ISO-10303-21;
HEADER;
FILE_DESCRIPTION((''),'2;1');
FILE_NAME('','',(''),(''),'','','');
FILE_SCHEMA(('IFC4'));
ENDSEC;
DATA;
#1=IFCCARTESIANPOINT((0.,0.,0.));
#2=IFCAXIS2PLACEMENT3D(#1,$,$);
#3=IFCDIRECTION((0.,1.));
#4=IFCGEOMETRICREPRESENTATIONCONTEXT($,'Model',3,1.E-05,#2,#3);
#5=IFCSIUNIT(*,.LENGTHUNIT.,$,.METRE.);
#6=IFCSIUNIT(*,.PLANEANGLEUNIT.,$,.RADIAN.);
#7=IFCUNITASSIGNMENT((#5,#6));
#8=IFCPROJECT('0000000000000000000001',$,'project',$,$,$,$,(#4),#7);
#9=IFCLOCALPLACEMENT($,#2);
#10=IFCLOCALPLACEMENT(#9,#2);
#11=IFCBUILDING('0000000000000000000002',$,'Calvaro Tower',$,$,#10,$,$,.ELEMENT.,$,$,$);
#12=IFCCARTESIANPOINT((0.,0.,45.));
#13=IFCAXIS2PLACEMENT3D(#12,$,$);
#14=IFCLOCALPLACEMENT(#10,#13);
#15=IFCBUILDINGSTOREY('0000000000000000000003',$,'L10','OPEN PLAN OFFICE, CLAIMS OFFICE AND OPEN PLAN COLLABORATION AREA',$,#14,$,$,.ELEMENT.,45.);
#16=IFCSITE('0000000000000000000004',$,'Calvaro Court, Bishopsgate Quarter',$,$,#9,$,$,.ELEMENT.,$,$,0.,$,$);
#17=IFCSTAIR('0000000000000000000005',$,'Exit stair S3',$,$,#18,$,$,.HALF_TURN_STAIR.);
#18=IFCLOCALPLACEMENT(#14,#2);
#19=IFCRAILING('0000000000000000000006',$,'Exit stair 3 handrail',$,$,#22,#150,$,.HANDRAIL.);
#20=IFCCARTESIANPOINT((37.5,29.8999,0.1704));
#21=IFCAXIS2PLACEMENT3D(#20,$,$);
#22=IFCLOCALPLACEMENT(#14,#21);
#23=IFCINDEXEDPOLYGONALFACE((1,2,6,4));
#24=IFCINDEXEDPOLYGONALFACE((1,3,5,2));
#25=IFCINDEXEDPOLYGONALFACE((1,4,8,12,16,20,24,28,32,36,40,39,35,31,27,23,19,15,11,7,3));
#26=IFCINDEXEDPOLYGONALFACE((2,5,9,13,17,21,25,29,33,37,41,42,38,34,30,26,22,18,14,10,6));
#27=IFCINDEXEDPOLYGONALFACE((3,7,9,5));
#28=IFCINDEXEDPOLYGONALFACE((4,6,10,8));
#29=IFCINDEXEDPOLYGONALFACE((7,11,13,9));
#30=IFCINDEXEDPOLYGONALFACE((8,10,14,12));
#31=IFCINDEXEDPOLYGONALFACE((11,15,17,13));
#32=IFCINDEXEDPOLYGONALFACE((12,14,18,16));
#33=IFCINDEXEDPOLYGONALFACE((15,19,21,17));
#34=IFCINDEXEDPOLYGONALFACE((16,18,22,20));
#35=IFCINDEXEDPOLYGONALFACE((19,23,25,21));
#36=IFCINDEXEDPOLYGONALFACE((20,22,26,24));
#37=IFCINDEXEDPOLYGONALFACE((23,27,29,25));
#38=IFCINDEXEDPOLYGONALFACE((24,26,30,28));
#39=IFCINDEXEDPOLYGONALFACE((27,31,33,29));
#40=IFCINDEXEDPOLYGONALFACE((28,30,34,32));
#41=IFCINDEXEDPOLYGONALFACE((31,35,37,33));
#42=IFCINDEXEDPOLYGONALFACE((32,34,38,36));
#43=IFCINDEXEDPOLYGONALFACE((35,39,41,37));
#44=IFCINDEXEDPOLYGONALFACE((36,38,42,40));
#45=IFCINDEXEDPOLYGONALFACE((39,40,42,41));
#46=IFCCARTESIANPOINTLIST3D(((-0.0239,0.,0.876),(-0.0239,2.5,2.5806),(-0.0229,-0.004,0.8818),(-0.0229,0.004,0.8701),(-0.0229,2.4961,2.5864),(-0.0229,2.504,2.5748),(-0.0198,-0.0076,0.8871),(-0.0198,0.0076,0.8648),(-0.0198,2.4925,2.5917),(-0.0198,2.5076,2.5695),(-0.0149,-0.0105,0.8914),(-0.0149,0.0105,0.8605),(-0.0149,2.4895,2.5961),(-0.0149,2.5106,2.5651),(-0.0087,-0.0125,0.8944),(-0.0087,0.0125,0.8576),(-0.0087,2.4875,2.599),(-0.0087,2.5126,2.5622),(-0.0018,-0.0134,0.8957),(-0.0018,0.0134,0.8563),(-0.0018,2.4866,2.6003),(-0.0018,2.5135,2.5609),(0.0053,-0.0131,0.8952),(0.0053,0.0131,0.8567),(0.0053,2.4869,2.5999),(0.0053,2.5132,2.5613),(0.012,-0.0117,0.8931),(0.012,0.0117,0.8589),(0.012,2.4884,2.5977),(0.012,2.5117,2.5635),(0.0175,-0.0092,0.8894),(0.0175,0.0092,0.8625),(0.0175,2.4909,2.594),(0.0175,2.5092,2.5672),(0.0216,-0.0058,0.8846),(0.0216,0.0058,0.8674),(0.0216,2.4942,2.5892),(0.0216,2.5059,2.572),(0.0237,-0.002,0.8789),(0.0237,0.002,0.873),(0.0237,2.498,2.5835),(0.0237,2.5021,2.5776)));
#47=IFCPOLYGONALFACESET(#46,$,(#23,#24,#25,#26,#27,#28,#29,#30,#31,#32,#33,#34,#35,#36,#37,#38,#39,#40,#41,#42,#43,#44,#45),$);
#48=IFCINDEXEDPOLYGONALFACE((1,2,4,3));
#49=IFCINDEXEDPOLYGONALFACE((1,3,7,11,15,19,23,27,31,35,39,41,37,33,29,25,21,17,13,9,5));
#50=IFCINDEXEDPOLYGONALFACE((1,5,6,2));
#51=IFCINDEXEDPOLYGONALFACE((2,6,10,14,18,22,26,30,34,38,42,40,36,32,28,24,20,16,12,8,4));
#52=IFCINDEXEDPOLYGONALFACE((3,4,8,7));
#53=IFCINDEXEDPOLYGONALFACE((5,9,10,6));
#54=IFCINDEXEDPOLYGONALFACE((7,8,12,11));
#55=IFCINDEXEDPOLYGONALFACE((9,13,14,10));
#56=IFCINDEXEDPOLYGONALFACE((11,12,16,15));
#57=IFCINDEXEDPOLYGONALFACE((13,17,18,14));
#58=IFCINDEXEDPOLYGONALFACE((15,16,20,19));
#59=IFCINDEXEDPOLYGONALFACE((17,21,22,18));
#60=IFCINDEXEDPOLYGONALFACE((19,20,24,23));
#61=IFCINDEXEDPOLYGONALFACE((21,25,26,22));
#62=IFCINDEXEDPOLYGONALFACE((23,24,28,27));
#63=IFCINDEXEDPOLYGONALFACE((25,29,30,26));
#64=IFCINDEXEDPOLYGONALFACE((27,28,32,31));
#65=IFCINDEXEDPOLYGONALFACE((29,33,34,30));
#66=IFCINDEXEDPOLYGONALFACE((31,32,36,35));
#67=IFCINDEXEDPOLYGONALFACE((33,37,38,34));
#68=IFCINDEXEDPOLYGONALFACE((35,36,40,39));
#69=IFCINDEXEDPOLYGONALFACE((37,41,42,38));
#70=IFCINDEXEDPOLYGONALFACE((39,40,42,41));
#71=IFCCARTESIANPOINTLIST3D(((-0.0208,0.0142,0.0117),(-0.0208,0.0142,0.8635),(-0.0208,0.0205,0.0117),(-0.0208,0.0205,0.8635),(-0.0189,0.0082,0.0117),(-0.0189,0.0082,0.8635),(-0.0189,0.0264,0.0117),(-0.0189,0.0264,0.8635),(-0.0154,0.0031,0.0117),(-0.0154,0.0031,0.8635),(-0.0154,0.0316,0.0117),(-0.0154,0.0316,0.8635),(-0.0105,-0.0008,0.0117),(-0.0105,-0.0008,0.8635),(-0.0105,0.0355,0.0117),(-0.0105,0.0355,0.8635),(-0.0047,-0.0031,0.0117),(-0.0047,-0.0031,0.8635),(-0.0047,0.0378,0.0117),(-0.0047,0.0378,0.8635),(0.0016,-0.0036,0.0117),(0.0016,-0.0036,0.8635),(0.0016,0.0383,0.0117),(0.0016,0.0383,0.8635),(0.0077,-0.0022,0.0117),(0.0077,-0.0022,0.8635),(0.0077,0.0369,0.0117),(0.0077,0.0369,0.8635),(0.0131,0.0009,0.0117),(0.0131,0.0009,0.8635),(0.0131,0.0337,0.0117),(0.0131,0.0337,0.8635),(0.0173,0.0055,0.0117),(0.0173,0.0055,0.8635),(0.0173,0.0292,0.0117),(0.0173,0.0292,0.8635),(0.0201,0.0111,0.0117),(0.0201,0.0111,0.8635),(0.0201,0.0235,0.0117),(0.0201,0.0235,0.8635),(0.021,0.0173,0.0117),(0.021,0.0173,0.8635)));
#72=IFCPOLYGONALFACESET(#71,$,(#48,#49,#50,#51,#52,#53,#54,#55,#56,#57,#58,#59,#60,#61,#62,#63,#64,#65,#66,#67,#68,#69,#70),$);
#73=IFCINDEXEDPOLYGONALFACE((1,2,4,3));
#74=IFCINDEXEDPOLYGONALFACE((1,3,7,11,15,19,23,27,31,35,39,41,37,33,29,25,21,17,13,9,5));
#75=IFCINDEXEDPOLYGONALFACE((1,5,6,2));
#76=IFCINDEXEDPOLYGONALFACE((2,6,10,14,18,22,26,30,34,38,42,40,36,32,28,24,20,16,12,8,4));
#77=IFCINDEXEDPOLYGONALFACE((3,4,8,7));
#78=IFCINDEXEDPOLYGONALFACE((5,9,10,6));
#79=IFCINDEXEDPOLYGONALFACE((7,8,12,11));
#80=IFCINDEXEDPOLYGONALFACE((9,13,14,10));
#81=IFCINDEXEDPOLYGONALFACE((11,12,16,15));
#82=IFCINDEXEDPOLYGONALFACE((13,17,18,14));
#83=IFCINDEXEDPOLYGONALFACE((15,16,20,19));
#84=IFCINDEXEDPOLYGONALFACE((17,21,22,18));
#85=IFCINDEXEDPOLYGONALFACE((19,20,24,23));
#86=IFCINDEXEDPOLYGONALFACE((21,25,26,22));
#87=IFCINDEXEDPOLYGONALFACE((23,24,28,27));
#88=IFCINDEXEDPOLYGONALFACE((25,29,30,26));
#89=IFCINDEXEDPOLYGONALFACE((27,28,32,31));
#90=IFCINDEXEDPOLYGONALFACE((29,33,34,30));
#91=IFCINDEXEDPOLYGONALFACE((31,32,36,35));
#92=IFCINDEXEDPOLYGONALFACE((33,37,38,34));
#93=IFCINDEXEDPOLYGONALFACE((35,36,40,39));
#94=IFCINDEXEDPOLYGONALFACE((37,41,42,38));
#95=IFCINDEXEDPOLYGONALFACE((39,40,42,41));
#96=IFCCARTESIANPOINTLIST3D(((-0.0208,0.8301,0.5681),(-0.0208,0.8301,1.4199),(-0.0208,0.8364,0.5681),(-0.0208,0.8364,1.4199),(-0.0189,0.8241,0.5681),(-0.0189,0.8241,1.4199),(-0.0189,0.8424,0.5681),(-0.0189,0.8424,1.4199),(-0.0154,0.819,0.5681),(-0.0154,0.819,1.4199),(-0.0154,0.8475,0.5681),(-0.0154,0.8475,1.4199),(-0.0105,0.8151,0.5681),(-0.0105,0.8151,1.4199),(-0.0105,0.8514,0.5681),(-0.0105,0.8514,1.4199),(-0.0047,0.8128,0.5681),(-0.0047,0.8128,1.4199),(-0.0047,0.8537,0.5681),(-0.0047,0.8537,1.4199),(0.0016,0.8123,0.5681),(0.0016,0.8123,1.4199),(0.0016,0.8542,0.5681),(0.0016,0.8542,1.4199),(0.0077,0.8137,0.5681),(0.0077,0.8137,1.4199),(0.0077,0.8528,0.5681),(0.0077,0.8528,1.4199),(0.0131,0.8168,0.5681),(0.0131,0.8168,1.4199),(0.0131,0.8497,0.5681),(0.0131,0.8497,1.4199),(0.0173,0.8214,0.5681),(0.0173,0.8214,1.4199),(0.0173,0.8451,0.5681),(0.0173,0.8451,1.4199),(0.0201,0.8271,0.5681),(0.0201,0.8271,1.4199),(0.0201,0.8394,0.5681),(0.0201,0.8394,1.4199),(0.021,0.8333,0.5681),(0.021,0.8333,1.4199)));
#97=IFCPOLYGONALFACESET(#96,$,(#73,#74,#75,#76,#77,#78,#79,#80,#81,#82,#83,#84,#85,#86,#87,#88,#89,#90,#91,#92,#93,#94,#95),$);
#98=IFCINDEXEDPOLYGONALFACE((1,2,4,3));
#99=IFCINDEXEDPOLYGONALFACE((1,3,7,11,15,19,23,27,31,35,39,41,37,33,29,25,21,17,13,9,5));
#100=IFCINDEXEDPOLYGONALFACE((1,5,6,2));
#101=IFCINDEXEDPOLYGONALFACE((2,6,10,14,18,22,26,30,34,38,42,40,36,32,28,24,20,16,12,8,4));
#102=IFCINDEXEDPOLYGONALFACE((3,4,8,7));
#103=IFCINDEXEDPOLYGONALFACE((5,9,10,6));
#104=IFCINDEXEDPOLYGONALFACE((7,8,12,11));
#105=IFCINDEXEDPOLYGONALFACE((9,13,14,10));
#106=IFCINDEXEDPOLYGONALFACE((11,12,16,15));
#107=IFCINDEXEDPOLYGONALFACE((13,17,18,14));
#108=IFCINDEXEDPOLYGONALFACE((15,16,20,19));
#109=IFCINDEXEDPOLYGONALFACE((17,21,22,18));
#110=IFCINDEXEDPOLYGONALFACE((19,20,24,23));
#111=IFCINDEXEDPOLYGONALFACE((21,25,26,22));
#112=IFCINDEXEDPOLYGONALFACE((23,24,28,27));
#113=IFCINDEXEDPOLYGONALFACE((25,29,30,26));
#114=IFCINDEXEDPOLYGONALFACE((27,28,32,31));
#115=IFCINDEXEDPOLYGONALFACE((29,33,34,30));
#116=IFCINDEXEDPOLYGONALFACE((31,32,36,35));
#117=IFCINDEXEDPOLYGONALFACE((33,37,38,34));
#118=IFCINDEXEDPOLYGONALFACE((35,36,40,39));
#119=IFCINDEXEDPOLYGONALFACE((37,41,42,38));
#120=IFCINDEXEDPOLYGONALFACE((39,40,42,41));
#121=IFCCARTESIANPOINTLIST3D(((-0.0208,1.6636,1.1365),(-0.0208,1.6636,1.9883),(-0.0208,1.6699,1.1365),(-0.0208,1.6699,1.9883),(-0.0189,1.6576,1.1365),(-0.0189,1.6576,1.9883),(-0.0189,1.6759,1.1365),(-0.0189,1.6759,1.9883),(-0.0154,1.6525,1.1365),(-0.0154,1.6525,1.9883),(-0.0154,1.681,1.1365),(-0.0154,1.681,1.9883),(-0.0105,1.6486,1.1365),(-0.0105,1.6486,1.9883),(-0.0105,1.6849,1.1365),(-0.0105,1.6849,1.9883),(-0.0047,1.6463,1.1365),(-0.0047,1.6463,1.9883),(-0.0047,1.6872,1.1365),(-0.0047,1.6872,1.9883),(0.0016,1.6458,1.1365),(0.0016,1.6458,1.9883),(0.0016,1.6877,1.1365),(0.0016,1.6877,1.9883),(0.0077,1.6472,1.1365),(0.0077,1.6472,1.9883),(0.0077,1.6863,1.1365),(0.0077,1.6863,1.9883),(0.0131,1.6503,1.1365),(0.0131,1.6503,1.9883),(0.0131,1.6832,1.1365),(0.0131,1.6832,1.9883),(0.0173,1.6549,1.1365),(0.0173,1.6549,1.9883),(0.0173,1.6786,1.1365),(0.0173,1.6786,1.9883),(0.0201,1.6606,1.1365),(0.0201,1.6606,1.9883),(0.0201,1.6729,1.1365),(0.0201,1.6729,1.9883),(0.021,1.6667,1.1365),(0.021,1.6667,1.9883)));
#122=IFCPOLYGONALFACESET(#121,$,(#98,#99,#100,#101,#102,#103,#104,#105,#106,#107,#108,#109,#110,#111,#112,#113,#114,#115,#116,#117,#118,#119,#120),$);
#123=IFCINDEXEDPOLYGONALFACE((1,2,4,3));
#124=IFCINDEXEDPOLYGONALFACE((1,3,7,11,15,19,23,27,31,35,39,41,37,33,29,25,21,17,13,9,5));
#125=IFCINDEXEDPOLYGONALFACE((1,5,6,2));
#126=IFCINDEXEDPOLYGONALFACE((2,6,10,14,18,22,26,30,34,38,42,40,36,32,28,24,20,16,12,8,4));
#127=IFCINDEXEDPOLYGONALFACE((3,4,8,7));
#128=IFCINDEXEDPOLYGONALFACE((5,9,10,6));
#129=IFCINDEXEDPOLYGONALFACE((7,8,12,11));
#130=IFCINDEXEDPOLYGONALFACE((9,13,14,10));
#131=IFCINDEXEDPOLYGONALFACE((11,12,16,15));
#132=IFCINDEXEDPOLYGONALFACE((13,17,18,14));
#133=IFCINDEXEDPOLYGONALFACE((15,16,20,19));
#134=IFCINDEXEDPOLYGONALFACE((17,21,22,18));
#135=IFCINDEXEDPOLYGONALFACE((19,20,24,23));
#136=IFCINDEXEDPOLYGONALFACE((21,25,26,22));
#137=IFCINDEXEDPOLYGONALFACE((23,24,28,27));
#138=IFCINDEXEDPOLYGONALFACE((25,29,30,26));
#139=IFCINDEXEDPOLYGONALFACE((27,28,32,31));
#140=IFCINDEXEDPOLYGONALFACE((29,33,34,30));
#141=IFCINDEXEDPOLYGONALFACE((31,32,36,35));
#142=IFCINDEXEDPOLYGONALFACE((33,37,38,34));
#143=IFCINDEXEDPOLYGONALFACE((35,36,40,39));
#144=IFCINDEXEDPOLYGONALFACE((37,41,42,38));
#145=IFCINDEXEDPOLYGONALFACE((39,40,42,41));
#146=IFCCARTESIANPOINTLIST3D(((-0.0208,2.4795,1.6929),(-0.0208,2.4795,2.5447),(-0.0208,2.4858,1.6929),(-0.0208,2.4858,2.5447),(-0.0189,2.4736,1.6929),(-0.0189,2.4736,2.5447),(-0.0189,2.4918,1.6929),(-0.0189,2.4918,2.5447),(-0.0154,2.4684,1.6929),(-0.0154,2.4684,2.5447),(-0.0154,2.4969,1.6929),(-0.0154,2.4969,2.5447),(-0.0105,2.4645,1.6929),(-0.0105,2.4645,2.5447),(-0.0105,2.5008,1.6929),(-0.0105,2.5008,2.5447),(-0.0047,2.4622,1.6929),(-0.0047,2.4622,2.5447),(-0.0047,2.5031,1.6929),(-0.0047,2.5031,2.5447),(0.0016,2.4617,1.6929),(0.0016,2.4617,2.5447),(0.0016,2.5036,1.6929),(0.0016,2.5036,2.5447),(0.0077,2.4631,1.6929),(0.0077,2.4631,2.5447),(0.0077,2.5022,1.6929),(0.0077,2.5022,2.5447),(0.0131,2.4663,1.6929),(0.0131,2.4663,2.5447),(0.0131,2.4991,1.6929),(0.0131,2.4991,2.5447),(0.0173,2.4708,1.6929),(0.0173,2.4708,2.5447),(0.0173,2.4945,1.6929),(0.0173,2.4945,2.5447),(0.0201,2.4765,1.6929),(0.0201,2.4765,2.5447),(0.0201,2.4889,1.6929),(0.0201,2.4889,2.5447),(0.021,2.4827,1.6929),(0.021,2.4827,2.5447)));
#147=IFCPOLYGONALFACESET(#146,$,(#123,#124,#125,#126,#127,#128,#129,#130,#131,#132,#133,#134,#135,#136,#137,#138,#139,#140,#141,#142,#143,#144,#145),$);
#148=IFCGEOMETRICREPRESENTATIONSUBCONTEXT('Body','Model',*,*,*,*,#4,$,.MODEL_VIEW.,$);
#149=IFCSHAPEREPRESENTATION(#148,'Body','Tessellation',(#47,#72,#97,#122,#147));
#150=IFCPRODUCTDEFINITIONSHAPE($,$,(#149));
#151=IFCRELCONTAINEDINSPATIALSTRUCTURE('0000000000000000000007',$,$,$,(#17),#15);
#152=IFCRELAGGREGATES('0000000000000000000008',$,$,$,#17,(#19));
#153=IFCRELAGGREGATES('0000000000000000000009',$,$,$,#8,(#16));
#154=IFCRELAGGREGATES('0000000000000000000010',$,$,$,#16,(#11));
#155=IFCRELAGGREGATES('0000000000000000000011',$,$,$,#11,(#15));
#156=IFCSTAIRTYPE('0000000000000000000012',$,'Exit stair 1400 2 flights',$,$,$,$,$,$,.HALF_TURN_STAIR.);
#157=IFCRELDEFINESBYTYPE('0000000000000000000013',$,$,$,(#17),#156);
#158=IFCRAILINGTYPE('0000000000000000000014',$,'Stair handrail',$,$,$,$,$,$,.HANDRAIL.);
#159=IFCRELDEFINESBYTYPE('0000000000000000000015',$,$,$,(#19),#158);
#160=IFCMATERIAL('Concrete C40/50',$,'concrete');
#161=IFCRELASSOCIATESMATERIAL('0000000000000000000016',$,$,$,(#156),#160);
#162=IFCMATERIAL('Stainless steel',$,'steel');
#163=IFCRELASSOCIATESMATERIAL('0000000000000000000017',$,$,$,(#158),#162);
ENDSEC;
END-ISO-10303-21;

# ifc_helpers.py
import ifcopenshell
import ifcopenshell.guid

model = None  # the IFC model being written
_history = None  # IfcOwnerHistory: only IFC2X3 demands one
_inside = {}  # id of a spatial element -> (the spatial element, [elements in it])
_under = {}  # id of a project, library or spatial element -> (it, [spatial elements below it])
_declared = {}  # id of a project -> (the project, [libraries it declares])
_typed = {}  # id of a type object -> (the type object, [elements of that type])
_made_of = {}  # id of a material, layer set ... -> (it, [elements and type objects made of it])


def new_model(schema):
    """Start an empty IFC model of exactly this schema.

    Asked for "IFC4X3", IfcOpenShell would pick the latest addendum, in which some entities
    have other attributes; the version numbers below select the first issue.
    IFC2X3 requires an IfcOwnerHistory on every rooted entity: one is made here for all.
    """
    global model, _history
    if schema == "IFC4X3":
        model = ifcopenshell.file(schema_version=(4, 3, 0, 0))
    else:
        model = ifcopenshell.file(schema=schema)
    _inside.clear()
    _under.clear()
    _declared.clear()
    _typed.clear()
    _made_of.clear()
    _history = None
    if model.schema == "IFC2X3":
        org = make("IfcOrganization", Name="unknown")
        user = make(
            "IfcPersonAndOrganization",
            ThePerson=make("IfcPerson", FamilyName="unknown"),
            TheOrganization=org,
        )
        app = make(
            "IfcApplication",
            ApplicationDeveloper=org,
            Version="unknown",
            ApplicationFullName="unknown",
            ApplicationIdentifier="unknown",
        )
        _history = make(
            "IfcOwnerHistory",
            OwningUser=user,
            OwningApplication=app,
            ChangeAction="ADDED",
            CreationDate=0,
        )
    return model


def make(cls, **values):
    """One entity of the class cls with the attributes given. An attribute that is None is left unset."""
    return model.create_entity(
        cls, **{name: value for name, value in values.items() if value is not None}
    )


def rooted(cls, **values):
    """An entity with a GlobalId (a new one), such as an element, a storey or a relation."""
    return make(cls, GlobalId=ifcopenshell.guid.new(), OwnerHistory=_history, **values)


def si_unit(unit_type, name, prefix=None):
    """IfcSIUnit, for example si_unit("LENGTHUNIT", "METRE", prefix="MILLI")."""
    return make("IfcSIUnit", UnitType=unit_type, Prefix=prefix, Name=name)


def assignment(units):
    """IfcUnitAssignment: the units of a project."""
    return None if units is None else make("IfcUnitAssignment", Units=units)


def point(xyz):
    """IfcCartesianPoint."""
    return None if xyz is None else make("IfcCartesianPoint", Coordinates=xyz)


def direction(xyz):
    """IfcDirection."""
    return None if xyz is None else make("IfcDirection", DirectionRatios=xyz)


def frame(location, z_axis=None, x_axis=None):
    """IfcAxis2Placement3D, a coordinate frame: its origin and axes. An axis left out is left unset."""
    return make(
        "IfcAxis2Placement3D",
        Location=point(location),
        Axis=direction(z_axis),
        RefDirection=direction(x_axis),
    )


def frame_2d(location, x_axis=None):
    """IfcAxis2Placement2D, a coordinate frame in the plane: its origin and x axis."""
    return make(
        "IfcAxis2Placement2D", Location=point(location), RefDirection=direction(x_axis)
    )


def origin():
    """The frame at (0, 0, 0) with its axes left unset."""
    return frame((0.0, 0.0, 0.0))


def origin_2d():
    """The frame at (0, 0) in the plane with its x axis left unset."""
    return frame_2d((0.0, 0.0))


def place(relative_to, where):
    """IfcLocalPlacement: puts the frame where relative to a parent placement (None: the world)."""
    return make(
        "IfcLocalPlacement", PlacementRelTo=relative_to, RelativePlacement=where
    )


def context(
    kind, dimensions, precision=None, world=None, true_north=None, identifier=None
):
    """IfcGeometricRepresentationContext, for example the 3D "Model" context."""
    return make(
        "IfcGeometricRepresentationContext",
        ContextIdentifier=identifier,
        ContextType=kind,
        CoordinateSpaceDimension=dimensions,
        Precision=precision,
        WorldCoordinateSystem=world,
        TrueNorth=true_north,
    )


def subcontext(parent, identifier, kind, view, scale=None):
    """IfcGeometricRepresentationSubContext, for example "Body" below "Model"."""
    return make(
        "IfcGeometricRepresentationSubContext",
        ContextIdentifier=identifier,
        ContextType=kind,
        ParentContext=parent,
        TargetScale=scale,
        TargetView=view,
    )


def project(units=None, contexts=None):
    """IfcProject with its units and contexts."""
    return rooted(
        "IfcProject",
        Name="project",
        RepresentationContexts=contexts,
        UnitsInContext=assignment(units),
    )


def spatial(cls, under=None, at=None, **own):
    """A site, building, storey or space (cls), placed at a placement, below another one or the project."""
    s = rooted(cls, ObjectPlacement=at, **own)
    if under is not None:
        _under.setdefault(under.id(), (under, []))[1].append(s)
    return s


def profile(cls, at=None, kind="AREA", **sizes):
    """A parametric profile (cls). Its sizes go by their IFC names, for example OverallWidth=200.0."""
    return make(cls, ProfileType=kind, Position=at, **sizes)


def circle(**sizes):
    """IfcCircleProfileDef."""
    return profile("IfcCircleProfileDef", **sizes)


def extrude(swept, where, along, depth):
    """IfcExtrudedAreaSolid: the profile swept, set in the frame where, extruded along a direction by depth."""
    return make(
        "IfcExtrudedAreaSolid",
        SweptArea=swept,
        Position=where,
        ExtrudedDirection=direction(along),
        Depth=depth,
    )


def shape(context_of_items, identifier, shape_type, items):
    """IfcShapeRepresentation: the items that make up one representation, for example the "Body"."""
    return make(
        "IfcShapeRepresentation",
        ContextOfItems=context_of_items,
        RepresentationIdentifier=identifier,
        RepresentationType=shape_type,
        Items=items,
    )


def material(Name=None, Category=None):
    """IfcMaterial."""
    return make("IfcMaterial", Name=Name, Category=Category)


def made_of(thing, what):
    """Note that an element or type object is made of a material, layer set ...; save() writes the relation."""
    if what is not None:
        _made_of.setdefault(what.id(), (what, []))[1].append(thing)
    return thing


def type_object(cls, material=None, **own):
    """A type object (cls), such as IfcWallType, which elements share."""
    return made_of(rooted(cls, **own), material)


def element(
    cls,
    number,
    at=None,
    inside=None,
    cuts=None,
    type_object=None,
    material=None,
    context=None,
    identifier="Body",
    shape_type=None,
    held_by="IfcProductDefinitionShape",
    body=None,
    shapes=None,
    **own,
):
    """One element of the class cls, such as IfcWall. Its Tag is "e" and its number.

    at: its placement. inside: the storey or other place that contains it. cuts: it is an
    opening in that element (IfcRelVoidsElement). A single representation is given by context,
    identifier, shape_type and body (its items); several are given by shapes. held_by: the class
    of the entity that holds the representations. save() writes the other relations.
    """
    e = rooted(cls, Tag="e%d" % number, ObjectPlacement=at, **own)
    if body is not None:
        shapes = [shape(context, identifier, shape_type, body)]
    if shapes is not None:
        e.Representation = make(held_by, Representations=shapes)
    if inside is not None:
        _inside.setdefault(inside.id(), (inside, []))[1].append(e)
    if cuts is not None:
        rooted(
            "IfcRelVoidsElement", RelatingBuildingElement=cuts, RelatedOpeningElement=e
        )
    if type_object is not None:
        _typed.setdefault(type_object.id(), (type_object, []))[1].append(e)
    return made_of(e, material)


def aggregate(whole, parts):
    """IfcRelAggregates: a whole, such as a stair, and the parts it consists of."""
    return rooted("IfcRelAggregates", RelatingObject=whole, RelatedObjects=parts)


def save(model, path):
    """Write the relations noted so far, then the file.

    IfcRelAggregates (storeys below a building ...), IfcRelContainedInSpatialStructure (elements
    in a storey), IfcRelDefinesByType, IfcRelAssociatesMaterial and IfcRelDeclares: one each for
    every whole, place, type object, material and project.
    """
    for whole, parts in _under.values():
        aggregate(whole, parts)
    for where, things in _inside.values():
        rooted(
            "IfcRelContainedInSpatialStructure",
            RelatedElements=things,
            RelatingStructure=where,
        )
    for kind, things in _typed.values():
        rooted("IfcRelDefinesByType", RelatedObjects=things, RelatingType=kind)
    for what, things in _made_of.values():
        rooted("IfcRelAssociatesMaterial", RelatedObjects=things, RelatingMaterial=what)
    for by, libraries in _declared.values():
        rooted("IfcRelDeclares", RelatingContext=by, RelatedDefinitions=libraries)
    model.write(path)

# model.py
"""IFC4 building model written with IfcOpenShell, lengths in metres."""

from ifc_helpers import new_model, si_unit, direction, frame, origin, origin_2d, place, context, subcontext, project, spatial, circle, extrude, material, type_object, element, aggregate, save


model = new_model("IFC4")

# Units and contexts
model_context = context("Model", 3, precision=1e-05, world=origin(), true_north=direction((0.0, 1.0)))
body_context = subcontext(model_context, "Body", "Model", "MODEL_VIEW")
ifc_project = project(units=[si_unit("LENGTHUNIT", "METRE"), si_unit("PLANEANGLEUNIT", "RADIAN")], contexts=[model_context])

# Site, building, storey
site_placement = place(None, origin())
site = spatial("IfcSite", under=ifc_project, at=site_placement, Name="Calvaro Court, Bishopsgate Quarter", CompositionType="ELEMENT", RefElevation=0.0)
building_placement = place(site_placement, origin())
building = spatial("IfcBuilding", under=site, at=building_placement, Name="Calvaro Tower", CompositionType="ELEMENT")
storey_placement = place(building_placement, frame((0.0, 0.0, 45.0)))
storey = spatial("IfcBuildingStorey", under=building, at=storey_placement, Name="L10", Description="OPEN PLAN OFFICE, CLAIMS OFFICE AND OPEN PLAN COLLABORATION AREA", CompositionType="ELEMENT", Elevation=45.0)

# Stair
ifc_material_1 = material(Name="Concrete C40/50", Category="concrete")
stair_type = type_object("IfcStairType", Name="Exit stair 1400 2 flights", PredefinedType="HALF_TURN_STAIR", material=ifc_material_1)
stair_1_placement = place(storey_placement, origin())
stair_1 = element("IfcStair", 1, at=stair_1_placement, inside=storey, type_object=stair_type, Name="Exit stair S3", PredefinedType="HALF_TURN_STAIR")

# Railing
ifc_material_2 = material(Name="Stainless steel", Category="steel")
railing_type = type_object("IfcRailingType", Name="Stair handrail", PredefinedType="HANDRAIL", material=ifc_material_2)
railing_1_placement = place(storey_placement, frame((37.5, 29.8999, 0.1704)))
railing_1 = element("IfcRailing", 2, at=railing_1_placement, type_object=railing_type, Name="Exit stair 3 handrail", PredefinedType="HANDRAIL", context=body_context, shape_type="SweptSolid", body=[
    extrude(circle(Radius=0.0239, at=origin_2d()), frame((0.0, 0.0, 0.876), z_axis=(0.0, 0.826221, 0.563347), x_axis=(-1.0, 0.0, 0.0)), (0.0, 0.0, 1.0), 3.0259),
    extrude(circle(Radius=0.021, at=origin_2d()), frame((0.0, 0.0173, 0.0117)), (0.0, 0.0, 1.0), 0.8518),
    extrude(circle(Radius=0.021, at=origin_2d()), frame((0.0, 0.8333, 0.5681)), (0.0, 0.0, 1.0), 0.8518),
    extrude(circle(Radius=0.021, at=origin_2d()), frame((0.0, 1.6667, 1.1365)), (0.0, 0.0, 1.0), 0.8518),
    extrude(circle(Radius=0.021, at=origin_2d()), frame((0.0, 2.4827, 1.6929)), (0.0, 0.0, 1.0), 0.8518),
])
aggregate(stair_1, [railing_1])

save(model, "model.ifc")
